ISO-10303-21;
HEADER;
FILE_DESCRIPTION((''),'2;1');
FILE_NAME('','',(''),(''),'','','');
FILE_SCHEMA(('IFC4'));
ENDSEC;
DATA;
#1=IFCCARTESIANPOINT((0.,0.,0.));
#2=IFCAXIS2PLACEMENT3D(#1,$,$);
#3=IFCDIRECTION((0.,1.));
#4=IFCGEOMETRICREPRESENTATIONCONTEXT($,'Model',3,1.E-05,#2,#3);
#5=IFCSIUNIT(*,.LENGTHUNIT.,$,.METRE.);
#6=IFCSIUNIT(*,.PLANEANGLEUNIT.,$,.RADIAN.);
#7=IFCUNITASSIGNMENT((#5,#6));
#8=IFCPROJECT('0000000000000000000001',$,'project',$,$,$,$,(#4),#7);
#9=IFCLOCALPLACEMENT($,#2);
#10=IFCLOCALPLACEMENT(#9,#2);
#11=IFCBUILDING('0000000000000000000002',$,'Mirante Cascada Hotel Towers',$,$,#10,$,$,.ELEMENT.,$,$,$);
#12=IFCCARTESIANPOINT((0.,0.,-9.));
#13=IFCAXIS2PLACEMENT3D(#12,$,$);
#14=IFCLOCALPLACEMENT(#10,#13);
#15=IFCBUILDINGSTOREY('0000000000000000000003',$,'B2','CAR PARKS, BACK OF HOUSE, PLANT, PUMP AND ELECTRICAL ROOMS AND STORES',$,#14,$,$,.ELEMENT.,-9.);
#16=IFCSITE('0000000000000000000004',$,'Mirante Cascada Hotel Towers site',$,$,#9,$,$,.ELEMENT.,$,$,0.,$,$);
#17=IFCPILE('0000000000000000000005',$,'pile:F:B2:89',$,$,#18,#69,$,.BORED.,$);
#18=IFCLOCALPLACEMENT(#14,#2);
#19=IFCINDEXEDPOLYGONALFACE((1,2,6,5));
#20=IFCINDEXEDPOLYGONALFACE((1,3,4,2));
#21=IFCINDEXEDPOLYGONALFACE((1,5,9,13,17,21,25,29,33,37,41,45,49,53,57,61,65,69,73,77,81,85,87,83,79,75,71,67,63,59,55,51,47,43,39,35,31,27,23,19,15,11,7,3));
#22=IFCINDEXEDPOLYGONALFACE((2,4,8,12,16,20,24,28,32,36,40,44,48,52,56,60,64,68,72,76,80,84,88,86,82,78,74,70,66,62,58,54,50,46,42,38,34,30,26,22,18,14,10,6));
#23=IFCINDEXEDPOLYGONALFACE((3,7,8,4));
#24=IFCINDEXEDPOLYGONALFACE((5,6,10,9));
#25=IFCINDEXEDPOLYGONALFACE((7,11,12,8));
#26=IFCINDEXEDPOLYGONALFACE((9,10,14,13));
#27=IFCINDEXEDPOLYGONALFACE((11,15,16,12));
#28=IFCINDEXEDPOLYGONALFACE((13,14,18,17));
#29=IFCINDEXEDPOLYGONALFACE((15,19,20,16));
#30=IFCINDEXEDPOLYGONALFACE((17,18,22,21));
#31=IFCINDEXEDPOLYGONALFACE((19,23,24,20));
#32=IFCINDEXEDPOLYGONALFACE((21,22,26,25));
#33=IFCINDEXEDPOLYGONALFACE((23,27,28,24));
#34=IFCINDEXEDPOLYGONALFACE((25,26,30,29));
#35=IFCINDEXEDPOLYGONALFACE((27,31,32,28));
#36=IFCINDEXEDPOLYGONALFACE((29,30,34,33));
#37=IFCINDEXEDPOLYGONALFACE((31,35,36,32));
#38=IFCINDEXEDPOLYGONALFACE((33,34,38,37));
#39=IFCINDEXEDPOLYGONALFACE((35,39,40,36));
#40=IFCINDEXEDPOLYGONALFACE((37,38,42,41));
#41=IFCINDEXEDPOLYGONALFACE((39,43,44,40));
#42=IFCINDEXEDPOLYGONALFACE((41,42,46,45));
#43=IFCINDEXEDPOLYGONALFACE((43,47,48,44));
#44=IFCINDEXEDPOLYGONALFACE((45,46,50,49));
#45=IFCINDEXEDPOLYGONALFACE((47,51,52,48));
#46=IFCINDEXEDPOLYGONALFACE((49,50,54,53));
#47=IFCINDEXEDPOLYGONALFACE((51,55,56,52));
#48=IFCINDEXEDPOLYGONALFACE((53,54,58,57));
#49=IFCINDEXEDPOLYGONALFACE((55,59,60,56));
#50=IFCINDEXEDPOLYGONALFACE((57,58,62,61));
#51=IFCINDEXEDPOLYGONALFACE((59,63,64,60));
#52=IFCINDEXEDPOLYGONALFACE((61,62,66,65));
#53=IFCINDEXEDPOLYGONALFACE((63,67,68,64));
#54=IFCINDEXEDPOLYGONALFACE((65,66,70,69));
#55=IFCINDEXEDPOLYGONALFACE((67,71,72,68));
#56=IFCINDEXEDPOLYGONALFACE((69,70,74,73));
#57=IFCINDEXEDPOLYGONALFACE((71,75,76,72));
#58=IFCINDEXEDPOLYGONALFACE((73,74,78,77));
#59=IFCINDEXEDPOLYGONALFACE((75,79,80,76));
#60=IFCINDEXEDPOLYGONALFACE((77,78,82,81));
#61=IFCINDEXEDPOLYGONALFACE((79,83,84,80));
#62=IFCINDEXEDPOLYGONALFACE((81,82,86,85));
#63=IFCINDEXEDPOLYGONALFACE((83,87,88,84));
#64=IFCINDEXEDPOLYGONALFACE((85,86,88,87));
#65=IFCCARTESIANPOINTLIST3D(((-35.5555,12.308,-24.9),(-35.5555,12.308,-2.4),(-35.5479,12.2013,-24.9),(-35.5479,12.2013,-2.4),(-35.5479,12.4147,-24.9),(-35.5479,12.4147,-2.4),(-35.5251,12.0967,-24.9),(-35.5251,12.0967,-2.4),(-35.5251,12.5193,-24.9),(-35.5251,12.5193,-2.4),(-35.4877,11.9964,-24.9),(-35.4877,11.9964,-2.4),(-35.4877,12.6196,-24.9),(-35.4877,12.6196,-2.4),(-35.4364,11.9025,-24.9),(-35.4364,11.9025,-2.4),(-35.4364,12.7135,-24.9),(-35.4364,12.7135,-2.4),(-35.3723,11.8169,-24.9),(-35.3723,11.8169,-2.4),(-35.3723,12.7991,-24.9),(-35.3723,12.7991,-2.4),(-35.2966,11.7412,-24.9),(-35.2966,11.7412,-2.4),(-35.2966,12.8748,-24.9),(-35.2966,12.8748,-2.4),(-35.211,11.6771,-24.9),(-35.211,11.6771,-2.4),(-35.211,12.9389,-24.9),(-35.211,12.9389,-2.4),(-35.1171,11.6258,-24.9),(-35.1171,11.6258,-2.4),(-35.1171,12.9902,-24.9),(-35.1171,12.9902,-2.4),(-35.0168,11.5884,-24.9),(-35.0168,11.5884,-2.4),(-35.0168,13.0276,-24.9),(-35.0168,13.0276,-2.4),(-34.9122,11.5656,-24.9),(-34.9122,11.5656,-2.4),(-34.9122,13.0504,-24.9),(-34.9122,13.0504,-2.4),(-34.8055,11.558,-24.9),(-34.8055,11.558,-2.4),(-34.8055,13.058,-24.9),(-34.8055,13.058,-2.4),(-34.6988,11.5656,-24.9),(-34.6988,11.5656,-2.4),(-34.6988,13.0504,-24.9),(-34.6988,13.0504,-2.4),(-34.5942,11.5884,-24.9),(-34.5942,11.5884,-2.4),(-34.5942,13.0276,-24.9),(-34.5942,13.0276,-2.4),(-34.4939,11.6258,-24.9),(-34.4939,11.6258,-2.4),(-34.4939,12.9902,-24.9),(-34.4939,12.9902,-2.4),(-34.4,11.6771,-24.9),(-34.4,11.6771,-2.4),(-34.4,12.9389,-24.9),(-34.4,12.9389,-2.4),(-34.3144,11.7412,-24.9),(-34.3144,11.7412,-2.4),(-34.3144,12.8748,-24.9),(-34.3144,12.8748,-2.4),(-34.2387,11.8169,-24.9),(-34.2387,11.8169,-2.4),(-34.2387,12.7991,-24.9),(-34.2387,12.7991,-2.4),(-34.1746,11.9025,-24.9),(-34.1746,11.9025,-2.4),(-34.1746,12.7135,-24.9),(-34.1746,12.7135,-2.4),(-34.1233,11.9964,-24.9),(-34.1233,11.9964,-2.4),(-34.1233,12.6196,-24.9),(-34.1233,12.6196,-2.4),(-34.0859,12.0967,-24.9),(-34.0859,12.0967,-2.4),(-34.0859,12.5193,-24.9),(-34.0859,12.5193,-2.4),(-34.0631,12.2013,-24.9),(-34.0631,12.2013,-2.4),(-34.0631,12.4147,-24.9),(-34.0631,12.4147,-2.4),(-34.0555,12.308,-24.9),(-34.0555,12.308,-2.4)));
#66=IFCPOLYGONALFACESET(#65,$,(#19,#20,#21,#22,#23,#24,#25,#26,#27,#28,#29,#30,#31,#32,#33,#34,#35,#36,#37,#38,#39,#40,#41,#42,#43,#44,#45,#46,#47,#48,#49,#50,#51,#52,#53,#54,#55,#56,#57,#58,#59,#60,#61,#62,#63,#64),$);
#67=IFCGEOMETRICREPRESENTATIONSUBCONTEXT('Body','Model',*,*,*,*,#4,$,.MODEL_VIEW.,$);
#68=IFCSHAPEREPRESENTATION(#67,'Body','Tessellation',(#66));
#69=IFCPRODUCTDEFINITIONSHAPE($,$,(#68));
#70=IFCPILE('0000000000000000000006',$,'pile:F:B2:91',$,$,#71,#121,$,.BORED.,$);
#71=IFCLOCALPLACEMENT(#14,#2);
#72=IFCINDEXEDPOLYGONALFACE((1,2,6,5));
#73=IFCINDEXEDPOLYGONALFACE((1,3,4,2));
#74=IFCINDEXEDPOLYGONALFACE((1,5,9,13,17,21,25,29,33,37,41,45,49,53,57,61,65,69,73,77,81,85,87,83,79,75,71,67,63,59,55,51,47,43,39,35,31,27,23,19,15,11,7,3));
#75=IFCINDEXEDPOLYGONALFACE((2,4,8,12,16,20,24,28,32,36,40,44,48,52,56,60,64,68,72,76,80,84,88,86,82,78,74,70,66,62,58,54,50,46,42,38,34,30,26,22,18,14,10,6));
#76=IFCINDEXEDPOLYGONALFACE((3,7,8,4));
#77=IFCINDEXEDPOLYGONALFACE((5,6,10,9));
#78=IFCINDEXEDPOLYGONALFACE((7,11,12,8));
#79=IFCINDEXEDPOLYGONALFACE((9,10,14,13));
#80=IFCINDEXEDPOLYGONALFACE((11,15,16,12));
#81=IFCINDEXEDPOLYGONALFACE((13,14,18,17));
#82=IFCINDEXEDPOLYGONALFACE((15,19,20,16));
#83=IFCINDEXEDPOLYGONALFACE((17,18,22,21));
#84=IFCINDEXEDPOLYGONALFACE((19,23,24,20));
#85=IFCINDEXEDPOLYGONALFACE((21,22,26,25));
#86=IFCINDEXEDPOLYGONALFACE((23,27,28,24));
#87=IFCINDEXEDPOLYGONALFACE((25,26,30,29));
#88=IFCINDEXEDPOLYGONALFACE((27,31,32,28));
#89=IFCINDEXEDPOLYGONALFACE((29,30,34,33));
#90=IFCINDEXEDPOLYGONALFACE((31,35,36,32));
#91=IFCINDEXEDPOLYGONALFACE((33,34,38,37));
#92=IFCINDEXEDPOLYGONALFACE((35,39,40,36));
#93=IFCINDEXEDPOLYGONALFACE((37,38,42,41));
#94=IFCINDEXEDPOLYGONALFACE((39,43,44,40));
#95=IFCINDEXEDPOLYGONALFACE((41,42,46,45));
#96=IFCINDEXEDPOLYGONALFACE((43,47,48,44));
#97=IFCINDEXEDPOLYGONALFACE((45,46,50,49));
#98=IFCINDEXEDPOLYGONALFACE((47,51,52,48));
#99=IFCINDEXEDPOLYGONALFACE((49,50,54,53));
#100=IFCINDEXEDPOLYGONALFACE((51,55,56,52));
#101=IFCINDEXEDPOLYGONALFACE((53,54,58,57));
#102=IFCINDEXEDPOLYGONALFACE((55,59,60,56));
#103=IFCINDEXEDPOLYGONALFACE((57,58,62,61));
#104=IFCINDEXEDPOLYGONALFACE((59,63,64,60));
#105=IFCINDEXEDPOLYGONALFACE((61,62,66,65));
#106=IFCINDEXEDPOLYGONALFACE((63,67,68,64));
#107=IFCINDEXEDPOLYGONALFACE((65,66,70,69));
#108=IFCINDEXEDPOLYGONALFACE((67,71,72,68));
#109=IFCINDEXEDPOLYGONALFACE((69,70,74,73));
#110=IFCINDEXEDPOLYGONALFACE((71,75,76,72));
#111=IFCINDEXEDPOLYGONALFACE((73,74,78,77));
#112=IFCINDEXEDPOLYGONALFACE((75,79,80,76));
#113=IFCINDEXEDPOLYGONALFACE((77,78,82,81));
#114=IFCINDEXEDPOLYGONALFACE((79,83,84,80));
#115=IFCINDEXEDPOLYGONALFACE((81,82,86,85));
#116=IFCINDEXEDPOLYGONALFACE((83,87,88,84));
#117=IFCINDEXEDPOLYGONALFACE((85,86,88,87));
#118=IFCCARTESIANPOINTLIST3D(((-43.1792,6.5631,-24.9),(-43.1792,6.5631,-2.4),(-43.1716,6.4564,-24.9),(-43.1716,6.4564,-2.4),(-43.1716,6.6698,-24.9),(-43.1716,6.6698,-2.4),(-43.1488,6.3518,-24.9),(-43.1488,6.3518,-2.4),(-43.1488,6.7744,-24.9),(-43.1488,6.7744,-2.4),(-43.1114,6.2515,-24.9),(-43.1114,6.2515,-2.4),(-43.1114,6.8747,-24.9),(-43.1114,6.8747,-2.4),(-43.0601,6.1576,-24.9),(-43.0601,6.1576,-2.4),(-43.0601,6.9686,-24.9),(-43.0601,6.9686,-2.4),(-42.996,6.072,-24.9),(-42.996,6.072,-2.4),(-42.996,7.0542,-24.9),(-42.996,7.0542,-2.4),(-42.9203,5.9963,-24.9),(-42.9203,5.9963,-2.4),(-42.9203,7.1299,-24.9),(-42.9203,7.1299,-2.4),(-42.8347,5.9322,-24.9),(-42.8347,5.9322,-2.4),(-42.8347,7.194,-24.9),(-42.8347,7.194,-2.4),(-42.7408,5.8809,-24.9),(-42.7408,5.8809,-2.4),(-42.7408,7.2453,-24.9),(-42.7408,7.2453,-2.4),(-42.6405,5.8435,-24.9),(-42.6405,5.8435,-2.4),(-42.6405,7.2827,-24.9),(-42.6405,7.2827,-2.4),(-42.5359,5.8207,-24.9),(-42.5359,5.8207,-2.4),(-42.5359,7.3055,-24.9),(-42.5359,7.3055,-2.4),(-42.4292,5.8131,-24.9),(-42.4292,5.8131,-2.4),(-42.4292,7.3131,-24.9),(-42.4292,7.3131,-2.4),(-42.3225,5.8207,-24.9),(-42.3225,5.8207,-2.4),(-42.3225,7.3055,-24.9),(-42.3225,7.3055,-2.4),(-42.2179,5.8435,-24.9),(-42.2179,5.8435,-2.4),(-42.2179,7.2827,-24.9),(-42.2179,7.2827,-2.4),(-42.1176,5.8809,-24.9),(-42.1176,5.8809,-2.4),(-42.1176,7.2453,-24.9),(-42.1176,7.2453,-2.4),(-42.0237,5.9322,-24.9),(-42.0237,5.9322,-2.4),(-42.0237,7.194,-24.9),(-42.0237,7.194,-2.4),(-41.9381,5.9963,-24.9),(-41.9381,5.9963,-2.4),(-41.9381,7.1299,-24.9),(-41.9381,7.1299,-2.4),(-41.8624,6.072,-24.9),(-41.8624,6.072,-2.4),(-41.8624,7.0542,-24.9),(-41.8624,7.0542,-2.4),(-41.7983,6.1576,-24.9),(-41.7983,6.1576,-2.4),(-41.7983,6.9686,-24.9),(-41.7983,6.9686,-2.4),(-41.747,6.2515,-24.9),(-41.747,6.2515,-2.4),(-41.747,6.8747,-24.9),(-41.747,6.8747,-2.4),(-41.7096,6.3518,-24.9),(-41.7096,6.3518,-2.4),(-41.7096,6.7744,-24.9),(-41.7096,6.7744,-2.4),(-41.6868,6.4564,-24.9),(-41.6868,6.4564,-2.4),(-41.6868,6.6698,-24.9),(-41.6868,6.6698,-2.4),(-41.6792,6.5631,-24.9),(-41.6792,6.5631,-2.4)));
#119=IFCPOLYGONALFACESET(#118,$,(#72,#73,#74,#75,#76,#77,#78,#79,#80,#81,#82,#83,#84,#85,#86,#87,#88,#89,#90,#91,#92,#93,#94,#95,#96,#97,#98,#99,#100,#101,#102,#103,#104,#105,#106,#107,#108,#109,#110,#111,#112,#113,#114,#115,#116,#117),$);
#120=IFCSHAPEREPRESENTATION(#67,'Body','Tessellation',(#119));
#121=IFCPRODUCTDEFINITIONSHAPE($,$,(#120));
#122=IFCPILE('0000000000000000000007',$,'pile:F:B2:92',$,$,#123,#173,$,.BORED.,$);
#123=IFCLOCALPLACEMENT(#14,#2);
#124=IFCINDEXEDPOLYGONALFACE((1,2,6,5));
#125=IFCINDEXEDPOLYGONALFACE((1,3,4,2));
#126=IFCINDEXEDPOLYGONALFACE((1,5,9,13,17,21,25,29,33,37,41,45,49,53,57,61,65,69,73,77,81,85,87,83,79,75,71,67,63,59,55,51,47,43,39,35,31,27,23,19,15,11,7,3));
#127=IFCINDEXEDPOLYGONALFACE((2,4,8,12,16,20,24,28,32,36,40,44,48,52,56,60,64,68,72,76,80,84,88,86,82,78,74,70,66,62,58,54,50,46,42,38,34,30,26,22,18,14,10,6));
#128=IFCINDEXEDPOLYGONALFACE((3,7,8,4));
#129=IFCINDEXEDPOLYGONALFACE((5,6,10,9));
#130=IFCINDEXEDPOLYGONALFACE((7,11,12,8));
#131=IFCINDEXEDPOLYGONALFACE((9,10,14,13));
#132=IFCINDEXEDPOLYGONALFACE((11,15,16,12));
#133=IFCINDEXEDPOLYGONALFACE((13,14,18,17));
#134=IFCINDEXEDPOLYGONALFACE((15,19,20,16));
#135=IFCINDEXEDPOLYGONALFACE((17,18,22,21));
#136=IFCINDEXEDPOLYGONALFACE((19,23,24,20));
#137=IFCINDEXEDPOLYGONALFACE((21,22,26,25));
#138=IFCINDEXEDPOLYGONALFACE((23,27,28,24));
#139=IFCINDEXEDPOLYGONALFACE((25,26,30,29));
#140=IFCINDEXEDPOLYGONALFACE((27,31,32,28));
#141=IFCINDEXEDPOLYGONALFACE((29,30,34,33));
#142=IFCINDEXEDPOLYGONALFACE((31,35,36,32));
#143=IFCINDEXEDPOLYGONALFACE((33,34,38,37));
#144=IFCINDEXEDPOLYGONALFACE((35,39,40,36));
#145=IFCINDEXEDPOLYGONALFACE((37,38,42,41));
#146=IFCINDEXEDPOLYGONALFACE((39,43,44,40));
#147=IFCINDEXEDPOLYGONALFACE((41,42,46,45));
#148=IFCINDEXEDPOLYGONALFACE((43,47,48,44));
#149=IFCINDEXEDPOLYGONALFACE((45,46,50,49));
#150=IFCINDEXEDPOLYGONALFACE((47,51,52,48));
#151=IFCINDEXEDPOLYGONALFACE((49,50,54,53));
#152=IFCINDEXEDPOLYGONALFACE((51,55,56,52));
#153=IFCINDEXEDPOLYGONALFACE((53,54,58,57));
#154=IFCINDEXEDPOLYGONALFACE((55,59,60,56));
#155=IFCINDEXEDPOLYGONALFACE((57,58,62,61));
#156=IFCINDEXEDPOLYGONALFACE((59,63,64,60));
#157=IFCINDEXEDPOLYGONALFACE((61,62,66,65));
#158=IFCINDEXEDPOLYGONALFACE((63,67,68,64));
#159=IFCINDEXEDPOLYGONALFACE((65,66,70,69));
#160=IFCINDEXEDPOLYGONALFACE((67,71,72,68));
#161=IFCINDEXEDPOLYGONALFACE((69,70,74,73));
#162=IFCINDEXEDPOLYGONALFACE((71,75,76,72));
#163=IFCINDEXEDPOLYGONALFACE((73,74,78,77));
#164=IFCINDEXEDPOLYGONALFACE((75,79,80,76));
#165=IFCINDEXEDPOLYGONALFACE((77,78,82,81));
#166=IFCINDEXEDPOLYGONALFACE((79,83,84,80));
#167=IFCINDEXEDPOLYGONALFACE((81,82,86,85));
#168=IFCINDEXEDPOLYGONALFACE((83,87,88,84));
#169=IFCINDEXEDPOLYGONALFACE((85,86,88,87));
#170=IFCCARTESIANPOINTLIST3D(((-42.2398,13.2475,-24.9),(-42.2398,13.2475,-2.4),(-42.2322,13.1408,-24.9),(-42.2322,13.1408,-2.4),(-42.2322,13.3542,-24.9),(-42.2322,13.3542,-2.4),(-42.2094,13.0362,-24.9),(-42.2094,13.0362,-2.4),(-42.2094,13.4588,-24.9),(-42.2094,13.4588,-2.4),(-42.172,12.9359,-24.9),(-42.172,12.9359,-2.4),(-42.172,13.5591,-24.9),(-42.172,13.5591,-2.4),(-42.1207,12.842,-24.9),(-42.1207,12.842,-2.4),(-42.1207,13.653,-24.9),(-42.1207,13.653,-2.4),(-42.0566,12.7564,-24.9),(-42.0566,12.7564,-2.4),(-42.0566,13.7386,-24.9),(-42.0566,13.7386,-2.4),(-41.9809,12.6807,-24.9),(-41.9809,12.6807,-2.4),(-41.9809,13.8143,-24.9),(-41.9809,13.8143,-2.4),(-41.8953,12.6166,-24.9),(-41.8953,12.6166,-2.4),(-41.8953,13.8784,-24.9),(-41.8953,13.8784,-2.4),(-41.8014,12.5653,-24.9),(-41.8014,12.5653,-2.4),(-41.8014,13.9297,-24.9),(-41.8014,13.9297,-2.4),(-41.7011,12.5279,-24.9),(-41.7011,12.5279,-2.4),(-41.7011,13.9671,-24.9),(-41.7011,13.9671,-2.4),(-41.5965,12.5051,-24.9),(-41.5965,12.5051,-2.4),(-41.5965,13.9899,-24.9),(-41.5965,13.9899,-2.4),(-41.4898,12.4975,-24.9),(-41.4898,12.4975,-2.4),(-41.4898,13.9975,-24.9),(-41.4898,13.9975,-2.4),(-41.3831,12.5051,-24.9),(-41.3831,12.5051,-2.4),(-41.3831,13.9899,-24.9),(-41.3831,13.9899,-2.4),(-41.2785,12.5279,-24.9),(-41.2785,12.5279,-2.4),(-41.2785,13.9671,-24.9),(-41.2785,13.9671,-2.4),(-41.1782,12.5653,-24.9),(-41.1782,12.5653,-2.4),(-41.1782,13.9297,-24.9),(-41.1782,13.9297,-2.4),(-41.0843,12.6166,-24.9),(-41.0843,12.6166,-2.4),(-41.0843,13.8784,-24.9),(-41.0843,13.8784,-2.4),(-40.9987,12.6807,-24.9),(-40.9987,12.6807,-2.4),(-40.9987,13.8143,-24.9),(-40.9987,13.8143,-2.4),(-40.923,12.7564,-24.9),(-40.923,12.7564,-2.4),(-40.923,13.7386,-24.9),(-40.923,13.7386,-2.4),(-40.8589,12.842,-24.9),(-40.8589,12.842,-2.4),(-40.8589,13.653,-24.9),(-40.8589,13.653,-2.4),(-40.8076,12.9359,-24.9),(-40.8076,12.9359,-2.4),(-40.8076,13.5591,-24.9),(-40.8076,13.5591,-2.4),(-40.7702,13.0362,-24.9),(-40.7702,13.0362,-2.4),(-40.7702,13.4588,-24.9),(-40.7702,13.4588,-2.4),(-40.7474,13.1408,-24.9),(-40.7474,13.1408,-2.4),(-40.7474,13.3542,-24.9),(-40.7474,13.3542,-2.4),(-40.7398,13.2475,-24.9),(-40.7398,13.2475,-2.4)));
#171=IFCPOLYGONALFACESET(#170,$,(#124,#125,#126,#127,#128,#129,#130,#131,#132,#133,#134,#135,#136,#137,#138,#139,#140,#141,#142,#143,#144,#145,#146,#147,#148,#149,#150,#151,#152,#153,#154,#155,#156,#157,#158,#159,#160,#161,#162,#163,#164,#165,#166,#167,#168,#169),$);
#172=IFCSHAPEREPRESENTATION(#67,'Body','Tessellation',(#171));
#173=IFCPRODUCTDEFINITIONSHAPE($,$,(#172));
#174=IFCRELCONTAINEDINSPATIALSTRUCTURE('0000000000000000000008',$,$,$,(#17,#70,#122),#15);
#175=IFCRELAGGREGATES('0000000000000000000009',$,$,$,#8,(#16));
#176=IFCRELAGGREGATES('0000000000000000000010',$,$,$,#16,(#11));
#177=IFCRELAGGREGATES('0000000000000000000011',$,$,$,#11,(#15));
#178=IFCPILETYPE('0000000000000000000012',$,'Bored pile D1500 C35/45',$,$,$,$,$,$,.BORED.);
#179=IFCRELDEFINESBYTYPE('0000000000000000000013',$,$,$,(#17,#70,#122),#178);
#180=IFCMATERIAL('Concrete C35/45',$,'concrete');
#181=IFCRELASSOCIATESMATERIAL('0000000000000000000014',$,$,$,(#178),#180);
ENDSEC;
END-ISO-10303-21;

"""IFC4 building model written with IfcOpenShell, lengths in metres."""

from ifc_helpers import new_model, si_unit, direction, frame, origin, origin_2d, place, context, subcontext, project, spatial, circle, extrude, material, material_profile, profile_set, type_object, element, save


model = new_model("IFC4")

# Units and contexts
model_context = context("Model", 3, precision=1e-05, world=origin(), true_north=direction((0.0, 1.0)))
body_context = subcontext(model_context, "Body", "Model", "MODEL_VIEW")
ifc_project = project(units=[si_unit("LENGTHUNIT", "METRE"), si_unit("PLANEANGLEUNIT", "RADIAN")], contexts=[model_context])

# Site, building, storey
site_placement = place(None, origin())
site = spatial("IfcSite", under=ifc_project, at=site_placement, Name="Mirante Cascada Hotel Towers site", CompositionType="ELEMENT", RefElevation=0.0)
building_placement = place(site_placement, origin())
building = spatial("IfcBuilding", under=site, at=building_placement, Name="Mirante Cascada Hotel Towers", CompositionType="ELEMENT")
storey_placement = place(building_placement, frame((0.0, 0.0, -9.0)))
storey = spatial("IfcBuildingStorey", under=building, at=storey_placement, Name="B2", Description="CAR PARKS, BACK OF HOUSE, PLANT, PUMP AND ELECTRICAL ROOMS AND STORES", CompositionType="ELEMENT", Elevation=-9.0)

# Piles
ifc_material_1 = material(Name="Concrete C35/45", Category="concrete")
ifc_material_profile_1 = material_profile(ifc_material_1, circle(Radius=0.75, at=origin_2d()), Name="RC D1500")
ifc_profile_set_1 = profile_set([ifc_material_profile_1], Name="Concrete C35/45")
pile_type = type_object("IfcPileType", Name="Bored pile D1500 C35/45", PredefinedType="BORED", material=ifc_profile_set_1)
for number, where, z_axis, x_axis, name in (
    (1, (-34.8055, 12.308, -2.4), (0.0, 0.0, -1.0), (1.0, 0.0, 0.0), "pile:F:B2:89"),
    (2, (-42.4292, 6.5631, -2.4), (0.0, 0.0, -1.0), (1.0, 0.0, 0.0), "pile:F:B2:91"),
    (3, (-41.4898, 13.2475, -2.4), (0.0, 0.0, -1.0), (1.0, 0.0, 0.0), "pile:F:B2:92"),
):
    element("IfcPile", number, at=place(storey_placement, frame(where, z_axis=z_axis, x_axis=x_axis)), inside=storey, type_object=pile_type, Name=name, PredefinedType="BORED", context=body_context, shape_type="SweptSolid", body=[
        extrude(circle(Radius=0.75, at=origin_2d()), origin(), (0.0, 0.0, 1.0), 22.5),
    ])

save(model, "model.ifc")
